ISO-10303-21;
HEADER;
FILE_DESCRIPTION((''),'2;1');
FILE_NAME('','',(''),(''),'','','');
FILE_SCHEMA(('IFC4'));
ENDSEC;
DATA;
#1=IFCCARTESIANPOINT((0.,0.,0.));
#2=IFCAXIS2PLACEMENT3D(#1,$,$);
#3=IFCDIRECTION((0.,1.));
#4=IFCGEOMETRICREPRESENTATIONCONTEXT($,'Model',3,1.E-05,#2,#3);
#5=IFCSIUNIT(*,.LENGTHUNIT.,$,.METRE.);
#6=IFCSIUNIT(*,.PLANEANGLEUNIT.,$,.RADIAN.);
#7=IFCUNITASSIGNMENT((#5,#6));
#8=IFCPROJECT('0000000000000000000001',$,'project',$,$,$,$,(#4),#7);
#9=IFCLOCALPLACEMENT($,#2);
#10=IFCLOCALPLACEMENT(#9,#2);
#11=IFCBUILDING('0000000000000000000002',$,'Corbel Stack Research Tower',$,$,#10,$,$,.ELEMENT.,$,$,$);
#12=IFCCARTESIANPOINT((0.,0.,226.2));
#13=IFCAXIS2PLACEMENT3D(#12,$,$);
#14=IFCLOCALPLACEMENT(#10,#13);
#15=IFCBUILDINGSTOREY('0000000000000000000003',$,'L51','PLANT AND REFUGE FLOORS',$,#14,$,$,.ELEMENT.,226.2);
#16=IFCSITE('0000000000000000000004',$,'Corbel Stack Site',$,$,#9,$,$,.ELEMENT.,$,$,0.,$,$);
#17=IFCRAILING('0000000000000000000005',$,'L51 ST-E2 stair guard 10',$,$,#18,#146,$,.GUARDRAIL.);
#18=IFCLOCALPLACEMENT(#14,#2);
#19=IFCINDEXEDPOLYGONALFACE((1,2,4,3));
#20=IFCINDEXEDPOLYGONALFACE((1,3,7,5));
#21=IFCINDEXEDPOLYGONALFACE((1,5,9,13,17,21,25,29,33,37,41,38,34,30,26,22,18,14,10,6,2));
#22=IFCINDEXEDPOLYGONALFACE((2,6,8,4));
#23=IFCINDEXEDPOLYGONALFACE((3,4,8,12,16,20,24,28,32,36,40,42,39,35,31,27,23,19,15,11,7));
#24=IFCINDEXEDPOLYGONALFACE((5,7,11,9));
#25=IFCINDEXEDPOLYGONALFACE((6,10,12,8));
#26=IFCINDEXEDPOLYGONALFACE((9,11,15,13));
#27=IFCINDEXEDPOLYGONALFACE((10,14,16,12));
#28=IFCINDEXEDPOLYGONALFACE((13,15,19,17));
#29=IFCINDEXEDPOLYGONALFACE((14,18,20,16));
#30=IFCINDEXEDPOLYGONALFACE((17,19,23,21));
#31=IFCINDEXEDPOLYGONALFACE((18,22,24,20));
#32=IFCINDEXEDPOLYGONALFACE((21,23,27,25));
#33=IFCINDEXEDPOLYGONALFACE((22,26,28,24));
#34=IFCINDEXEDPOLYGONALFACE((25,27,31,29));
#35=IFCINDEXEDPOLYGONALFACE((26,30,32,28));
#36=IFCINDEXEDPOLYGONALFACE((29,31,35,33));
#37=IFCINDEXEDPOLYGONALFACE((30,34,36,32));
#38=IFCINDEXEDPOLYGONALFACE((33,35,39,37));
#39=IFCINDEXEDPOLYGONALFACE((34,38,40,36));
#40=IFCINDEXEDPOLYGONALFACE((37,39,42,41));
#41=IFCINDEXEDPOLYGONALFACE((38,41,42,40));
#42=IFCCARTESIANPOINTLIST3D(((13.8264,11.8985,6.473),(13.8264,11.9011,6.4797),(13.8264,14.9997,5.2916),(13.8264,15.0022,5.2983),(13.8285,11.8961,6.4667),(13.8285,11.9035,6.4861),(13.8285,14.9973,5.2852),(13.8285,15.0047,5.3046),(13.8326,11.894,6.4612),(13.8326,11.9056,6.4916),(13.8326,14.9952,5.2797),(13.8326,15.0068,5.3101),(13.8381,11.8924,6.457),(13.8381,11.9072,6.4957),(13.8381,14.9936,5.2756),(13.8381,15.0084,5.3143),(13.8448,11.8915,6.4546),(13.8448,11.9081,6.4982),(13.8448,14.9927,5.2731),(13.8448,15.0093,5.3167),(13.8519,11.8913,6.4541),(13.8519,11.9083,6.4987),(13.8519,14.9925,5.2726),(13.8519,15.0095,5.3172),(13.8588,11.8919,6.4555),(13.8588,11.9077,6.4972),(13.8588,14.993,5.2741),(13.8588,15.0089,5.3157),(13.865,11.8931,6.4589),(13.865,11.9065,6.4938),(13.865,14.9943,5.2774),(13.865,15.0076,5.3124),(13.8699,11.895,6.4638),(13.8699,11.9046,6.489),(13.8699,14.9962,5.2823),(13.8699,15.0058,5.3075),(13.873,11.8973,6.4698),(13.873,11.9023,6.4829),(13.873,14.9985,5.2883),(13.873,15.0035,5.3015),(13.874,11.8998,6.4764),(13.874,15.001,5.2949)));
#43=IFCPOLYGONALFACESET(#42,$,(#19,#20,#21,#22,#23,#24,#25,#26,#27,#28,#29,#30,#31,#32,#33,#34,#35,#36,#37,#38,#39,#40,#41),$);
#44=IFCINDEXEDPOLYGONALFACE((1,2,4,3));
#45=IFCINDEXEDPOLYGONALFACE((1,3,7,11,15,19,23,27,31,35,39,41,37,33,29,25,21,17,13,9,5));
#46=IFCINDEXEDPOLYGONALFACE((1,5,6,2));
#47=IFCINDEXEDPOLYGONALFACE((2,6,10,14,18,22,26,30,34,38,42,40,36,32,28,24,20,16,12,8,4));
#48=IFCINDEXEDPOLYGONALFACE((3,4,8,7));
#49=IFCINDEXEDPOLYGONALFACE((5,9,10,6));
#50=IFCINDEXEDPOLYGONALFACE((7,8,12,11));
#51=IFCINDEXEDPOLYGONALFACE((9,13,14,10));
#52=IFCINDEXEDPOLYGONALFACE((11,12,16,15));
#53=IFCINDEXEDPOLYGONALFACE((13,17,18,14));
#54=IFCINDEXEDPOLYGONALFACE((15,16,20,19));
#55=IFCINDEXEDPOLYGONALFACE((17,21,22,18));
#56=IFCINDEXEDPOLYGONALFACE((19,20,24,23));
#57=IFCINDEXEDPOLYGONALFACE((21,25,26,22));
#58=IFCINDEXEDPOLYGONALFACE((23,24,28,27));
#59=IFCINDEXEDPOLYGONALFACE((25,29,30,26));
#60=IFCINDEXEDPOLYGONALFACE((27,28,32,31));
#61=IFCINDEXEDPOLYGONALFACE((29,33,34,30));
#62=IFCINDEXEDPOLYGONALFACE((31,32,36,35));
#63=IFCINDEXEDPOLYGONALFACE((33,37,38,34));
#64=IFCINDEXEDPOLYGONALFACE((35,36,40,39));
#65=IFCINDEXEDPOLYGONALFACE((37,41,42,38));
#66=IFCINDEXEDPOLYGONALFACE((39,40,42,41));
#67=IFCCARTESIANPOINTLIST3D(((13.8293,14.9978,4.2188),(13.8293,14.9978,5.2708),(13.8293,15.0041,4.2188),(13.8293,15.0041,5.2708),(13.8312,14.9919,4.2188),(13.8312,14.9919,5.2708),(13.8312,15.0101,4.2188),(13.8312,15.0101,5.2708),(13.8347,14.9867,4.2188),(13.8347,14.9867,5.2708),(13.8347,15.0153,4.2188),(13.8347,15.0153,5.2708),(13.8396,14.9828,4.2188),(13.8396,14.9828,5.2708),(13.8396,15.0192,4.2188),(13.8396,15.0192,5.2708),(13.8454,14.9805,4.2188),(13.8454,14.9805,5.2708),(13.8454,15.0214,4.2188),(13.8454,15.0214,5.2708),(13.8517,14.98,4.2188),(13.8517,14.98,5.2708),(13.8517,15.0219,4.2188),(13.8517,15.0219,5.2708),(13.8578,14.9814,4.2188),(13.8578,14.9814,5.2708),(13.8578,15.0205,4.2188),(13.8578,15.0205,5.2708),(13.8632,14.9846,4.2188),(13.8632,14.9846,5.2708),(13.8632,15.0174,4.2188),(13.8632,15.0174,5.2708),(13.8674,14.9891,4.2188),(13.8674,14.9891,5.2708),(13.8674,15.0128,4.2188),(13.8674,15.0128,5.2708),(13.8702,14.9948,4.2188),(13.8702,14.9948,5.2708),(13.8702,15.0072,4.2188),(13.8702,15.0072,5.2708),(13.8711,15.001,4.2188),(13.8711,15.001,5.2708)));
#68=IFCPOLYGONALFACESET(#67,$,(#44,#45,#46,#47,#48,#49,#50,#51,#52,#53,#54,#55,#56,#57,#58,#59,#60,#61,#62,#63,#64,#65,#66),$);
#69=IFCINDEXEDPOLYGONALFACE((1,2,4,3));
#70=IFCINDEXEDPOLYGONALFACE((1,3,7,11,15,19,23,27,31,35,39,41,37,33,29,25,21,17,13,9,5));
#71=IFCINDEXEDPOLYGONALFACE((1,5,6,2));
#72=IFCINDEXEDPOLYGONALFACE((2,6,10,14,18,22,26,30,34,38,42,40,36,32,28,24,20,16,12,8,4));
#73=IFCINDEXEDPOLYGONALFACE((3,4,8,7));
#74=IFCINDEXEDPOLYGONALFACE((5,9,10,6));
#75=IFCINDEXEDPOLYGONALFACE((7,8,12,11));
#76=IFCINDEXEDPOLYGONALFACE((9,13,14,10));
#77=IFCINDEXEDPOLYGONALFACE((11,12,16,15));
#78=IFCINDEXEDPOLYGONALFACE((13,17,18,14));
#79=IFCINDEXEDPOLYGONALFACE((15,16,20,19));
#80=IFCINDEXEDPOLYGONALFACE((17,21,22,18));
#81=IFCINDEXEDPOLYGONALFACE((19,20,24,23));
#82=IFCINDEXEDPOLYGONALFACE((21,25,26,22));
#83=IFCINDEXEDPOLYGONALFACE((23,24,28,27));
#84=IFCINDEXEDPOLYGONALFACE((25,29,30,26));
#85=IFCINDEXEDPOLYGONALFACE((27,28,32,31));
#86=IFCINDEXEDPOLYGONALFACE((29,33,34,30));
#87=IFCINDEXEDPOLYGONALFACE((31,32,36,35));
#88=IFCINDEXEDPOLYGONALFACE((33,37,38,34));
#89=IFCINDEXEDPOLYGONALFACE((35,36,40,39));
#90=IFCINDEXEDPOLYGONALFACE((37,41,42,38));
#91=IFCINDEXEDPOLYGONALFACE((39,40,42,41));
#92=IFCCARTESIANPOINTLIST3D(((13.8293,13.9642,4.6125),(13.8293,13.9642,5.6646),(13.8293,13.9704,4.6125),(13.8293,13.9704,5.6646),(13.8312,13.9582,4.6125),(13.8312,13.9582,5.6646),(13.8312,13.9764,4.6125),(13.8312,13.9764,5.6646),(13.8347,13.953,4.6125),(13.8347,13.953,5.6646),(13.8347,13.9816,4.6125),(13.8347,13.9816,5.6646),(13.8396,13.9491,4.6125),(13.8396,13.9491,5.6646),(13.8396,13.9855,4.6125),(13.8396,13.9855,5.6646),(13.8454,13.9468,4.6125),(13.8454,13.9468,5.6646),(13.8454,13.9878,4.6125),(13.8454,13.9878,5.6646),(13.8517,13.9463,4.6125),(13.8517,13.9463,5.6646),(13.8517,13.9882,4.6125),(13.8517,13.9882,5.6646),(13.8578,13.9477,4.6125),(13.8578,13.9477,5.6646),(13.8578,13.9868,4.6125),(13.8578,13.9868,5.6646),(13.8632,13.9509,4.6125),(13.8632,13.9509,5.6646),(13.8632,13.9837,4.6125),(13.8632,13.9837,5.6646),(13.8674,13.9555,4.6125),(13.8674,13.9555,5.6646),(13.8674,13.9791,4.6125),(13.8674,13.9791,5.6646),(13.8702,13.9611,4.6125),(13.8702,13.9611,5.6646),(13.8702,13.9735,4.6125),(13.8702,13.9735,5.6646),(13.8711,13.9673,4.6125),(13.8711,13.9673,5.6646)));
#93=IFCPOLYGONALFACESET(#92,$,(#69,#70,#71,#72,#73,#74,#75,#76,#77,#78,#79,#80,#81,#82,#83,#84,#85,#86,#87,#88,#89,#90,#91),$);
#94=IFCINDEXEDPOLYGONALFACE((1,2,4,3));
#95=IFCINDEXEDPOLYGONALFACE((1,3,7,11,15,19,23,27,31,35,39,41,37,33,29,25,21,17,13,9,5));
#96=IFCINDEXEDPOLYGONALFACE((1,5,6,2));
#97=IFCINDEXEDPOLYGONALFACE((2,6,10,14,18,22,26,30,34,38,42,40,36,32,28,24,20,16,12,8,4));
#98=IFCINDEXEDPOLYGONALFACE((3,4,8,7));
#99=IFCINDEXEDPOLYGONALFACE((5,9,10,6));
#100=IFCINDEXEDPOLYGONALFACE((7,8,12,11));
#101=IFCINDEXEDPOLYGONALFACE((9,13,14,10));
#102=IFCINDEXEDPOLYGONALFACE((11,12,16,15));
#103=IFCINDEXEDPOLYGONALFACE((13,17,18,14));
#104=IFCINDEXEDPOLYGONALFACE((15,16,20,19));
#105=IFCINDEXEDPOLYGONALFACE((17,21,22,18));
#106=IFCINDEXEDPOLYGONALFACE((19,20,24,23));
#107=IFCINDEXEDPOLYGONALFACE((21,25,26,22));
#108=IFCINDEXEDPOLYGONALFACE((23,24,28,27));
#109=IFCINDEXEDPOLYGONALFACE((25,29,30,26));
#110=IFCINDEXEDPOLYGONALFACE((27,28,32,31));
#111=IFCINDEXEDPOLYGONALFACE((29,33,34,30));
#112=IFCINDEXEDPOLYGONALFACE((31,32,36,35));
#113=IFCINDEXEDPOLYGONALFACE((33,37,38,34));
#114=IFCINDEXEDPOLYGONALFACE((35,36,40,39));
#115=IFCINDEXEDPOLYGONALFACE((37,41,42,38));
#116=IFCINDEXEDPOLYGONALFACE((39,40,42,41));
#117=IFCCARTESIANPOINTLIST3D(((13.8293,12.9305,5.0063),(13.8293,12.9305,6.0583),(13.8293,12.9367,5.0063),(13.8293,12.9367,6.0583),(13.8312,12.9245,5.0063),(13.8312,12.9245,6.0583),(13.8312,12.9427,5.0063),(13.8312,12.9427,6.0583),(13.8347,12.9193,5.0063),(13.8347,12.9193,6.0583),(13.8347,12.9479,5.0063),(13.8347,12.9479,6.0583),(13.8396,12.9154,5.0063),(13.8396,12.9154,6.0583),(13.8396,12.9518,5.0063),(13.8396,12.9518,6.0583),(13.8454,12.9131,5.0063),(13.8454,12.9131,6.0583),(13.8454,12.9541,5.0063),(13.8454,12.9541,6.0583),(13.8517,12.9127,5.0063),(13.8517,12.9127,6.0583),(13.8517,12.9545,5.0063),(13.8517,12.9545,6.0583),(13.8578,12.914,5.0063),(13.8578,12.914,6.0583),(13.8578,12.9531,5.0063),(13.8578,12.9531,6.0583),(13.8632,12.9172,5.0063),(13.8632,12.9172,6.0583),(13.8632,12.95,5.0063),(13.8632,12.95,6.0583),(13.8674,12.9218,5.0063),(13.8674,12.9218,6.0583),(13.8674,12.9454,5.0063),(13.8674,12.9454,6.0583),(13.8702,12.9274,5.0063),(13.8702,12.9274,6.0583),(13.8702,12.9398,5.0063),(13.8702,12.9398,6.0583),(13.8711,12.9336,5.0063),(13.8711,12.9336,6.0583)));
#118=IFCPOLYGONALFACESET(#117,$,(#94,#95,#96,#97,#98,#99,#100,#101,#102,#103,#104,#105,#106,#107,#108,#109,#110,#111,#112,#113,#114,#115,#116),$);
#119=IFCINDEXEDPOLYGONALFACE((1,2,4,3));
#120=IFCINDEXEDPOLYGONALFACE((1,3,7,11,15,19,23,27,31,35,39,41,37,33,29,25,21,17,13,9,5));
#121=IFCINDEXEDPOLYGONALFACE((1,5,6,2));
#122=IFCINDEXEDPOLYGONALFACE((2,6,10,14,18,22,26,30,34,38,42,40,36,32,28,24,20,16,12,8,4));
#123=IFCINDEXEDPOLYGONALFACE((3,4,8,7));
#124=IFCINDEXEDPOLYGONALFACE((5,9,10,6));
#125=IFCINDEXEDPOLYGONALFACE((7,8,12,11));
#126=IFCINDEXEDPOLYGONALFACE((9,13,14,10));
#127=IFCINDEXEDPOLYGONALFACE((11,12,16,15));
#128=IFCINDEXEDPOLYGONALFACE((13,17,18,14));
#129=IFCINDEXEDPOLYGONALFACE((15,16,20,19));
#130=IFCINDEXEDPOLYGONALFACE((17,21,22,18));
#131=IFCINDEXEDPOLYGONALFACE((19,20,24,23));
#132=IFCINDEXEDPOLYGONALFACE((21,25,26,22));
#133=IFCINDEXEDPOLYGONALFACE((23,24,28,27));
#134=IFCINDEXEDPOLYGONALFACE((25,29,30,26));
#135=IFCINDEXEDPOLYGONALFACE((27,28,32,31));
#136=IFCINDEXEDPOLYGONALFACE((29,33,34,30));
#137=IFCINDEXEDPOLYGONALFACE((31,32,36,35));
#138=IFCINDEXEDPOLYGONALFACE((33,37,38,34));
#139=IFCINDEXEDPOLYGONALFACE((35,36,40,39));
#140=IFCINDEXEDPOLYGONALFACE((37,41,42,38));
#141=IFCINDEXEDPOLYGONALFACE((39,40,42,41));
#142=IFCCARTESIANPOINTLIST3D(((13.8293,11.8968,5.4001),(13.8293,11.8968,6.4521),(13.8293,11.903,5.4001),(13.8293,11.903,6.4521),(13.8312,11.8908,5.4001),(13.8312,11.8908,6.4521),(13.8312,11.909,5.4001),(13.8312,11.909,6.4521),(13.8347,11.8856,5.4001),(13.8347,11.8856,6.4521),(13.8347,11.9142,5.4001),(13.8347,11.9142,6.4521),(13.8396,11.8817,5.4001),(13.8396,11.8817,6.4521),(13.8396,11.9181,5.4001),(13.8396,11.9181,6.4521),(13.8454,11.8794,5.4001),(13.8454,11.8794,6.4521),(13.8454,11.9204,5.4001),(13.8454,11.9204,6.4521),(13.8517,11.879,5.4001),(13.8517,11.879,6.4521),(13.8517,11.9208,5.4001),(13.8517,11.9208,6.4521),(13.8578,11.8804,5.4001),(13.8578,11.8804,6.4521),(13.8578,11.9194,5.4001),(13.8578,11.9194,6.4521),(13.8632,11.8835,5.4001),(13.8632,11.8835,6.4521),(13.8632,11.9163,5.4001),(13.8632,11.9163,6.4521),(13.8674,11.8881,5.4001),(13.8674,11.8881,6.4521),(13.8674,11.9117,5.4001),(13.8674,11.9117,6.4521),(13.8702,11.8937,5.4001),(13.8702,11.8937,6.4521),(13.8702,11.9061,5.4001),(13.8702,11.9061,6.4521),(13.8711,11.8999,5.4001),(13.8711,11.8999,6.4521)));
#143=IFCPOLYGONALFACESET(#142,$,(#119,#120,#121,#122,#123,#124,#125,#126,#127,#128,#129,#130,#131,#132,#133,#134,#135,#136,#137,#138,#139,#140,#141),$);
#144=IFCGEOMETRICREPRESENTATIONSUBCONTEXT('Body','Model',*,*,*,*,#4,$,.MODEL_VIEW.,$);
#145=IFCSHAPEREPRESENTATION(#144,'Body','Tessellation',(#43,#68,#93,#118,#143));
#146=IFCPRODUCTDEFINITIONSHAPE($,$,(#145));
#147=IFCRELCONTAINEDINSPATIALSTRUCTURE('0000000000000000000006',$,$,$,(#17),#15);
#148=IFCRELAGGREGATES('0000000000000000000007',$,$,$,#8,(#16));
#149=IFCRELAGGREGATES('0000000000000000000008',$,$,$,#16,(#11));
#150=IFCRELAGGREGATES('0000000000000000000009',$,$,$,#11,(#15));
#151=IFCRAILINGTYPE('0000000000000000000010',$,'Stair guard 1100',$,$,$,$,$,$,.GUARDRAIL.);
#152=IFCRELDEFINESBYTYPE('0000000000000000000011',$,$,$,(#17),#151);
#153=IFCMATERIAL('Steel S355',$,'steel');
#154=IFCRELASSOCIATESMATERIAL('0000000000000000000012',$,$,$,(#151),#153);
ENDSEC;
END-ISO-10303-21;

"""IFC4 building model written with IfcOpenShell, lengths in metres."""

from ifc_helpers import new_model, si_unit, direction, frame, origin, origin_2d, place, context, subcontext, project, spatial, circle, extrude, material, type_object, element, save


model = new_model("IFC4")

# Units and contexts
model_context = context("Model", 3, precision=1e-05, world=origin(), true_north=direction((0.0, 1.0)))
body_context = subcontext(model_context, "Body", "Model", "MODEL_VIEW")
ifc_project = project(units=[si_unit("LENGTHUNIT", "METRE"), si_unit("PLANEANGLEUNIT", "RADIAN")], contexts=[model_context])

# Site, building, storey
site_placement = place(None, origin())
site = spatial("IfcSite", under=ifc_project, at=site_placement, Name="Corbel Stack Site", CompositionType="ELEMENT", RefElevation=0.0)
building_placement = place(site_placement, origin())
building = spatial("IfcBuilding", under=site, at=building_placement, Name="Corbel Stack Research Tower", CompositionType="ELEMENT")
storey_placement = place(building_placement, frame((0.0, 0.0, 226.2)))
storey = spatial("IfcBuildingStorey", under=building, at=storey_placement, Name="L51", Description="PLANT AND REFUGE FLOORS", CompositionType="ELEMENT", Elevation=226.2)

# Railing
ifc_material_1 = material(Name="Steel S355", Category="steel")
railing_type_1 = type_object("IfcRailingType", Name="Stair guard 1100", PredefinedType="GUARDRAIL", material=ifc_material_1)
railing_1_placement = place(storey_placement, frame((13.8501, 15.001, 4.2188)))
element("IfcRailing", 1, at=railing_1_placement, inside=storey, type_object=railing_type_1, Name="L51 ST-E2 stair guard 10", PredefinedType="GUARDRAIL", context=body_context, shape_type="SweptSolid", body=[
    extrude(circle(Radius=0.0239, at=origin_2d()), frame((0.0, 0.0, 1.0762), z_axis=(0.0, -0.934484, 0.356005), x_axis=(1.0, 0.0, 0.0)), (0.0, 0.0, 1.0), 3.3186),
    extrude(circle(Radius=0.021, at=origin_2d()), origin(), (0.0, 0.0, 1.0), 1.052),
    extrude(circle(Radius=0.021, at=origin_2d()), frame((0.0, -1.0337, 0.3938)), (0.0, 0.0, 1.0), 1.052),
    extrude(circle(Radius=0.021, at=origin_2d()), frame((0.0, -2.0674, 0.7876)), (0.0, 0.0, 1.0), 1.052),
    extrude(circle(Radius=0.021, at=origin_2d()), frame((0.0, -3.1011, 1.1814)), (0.0, 0.0, 1.0), 1.052),
])

save(model, "model.ifc")
